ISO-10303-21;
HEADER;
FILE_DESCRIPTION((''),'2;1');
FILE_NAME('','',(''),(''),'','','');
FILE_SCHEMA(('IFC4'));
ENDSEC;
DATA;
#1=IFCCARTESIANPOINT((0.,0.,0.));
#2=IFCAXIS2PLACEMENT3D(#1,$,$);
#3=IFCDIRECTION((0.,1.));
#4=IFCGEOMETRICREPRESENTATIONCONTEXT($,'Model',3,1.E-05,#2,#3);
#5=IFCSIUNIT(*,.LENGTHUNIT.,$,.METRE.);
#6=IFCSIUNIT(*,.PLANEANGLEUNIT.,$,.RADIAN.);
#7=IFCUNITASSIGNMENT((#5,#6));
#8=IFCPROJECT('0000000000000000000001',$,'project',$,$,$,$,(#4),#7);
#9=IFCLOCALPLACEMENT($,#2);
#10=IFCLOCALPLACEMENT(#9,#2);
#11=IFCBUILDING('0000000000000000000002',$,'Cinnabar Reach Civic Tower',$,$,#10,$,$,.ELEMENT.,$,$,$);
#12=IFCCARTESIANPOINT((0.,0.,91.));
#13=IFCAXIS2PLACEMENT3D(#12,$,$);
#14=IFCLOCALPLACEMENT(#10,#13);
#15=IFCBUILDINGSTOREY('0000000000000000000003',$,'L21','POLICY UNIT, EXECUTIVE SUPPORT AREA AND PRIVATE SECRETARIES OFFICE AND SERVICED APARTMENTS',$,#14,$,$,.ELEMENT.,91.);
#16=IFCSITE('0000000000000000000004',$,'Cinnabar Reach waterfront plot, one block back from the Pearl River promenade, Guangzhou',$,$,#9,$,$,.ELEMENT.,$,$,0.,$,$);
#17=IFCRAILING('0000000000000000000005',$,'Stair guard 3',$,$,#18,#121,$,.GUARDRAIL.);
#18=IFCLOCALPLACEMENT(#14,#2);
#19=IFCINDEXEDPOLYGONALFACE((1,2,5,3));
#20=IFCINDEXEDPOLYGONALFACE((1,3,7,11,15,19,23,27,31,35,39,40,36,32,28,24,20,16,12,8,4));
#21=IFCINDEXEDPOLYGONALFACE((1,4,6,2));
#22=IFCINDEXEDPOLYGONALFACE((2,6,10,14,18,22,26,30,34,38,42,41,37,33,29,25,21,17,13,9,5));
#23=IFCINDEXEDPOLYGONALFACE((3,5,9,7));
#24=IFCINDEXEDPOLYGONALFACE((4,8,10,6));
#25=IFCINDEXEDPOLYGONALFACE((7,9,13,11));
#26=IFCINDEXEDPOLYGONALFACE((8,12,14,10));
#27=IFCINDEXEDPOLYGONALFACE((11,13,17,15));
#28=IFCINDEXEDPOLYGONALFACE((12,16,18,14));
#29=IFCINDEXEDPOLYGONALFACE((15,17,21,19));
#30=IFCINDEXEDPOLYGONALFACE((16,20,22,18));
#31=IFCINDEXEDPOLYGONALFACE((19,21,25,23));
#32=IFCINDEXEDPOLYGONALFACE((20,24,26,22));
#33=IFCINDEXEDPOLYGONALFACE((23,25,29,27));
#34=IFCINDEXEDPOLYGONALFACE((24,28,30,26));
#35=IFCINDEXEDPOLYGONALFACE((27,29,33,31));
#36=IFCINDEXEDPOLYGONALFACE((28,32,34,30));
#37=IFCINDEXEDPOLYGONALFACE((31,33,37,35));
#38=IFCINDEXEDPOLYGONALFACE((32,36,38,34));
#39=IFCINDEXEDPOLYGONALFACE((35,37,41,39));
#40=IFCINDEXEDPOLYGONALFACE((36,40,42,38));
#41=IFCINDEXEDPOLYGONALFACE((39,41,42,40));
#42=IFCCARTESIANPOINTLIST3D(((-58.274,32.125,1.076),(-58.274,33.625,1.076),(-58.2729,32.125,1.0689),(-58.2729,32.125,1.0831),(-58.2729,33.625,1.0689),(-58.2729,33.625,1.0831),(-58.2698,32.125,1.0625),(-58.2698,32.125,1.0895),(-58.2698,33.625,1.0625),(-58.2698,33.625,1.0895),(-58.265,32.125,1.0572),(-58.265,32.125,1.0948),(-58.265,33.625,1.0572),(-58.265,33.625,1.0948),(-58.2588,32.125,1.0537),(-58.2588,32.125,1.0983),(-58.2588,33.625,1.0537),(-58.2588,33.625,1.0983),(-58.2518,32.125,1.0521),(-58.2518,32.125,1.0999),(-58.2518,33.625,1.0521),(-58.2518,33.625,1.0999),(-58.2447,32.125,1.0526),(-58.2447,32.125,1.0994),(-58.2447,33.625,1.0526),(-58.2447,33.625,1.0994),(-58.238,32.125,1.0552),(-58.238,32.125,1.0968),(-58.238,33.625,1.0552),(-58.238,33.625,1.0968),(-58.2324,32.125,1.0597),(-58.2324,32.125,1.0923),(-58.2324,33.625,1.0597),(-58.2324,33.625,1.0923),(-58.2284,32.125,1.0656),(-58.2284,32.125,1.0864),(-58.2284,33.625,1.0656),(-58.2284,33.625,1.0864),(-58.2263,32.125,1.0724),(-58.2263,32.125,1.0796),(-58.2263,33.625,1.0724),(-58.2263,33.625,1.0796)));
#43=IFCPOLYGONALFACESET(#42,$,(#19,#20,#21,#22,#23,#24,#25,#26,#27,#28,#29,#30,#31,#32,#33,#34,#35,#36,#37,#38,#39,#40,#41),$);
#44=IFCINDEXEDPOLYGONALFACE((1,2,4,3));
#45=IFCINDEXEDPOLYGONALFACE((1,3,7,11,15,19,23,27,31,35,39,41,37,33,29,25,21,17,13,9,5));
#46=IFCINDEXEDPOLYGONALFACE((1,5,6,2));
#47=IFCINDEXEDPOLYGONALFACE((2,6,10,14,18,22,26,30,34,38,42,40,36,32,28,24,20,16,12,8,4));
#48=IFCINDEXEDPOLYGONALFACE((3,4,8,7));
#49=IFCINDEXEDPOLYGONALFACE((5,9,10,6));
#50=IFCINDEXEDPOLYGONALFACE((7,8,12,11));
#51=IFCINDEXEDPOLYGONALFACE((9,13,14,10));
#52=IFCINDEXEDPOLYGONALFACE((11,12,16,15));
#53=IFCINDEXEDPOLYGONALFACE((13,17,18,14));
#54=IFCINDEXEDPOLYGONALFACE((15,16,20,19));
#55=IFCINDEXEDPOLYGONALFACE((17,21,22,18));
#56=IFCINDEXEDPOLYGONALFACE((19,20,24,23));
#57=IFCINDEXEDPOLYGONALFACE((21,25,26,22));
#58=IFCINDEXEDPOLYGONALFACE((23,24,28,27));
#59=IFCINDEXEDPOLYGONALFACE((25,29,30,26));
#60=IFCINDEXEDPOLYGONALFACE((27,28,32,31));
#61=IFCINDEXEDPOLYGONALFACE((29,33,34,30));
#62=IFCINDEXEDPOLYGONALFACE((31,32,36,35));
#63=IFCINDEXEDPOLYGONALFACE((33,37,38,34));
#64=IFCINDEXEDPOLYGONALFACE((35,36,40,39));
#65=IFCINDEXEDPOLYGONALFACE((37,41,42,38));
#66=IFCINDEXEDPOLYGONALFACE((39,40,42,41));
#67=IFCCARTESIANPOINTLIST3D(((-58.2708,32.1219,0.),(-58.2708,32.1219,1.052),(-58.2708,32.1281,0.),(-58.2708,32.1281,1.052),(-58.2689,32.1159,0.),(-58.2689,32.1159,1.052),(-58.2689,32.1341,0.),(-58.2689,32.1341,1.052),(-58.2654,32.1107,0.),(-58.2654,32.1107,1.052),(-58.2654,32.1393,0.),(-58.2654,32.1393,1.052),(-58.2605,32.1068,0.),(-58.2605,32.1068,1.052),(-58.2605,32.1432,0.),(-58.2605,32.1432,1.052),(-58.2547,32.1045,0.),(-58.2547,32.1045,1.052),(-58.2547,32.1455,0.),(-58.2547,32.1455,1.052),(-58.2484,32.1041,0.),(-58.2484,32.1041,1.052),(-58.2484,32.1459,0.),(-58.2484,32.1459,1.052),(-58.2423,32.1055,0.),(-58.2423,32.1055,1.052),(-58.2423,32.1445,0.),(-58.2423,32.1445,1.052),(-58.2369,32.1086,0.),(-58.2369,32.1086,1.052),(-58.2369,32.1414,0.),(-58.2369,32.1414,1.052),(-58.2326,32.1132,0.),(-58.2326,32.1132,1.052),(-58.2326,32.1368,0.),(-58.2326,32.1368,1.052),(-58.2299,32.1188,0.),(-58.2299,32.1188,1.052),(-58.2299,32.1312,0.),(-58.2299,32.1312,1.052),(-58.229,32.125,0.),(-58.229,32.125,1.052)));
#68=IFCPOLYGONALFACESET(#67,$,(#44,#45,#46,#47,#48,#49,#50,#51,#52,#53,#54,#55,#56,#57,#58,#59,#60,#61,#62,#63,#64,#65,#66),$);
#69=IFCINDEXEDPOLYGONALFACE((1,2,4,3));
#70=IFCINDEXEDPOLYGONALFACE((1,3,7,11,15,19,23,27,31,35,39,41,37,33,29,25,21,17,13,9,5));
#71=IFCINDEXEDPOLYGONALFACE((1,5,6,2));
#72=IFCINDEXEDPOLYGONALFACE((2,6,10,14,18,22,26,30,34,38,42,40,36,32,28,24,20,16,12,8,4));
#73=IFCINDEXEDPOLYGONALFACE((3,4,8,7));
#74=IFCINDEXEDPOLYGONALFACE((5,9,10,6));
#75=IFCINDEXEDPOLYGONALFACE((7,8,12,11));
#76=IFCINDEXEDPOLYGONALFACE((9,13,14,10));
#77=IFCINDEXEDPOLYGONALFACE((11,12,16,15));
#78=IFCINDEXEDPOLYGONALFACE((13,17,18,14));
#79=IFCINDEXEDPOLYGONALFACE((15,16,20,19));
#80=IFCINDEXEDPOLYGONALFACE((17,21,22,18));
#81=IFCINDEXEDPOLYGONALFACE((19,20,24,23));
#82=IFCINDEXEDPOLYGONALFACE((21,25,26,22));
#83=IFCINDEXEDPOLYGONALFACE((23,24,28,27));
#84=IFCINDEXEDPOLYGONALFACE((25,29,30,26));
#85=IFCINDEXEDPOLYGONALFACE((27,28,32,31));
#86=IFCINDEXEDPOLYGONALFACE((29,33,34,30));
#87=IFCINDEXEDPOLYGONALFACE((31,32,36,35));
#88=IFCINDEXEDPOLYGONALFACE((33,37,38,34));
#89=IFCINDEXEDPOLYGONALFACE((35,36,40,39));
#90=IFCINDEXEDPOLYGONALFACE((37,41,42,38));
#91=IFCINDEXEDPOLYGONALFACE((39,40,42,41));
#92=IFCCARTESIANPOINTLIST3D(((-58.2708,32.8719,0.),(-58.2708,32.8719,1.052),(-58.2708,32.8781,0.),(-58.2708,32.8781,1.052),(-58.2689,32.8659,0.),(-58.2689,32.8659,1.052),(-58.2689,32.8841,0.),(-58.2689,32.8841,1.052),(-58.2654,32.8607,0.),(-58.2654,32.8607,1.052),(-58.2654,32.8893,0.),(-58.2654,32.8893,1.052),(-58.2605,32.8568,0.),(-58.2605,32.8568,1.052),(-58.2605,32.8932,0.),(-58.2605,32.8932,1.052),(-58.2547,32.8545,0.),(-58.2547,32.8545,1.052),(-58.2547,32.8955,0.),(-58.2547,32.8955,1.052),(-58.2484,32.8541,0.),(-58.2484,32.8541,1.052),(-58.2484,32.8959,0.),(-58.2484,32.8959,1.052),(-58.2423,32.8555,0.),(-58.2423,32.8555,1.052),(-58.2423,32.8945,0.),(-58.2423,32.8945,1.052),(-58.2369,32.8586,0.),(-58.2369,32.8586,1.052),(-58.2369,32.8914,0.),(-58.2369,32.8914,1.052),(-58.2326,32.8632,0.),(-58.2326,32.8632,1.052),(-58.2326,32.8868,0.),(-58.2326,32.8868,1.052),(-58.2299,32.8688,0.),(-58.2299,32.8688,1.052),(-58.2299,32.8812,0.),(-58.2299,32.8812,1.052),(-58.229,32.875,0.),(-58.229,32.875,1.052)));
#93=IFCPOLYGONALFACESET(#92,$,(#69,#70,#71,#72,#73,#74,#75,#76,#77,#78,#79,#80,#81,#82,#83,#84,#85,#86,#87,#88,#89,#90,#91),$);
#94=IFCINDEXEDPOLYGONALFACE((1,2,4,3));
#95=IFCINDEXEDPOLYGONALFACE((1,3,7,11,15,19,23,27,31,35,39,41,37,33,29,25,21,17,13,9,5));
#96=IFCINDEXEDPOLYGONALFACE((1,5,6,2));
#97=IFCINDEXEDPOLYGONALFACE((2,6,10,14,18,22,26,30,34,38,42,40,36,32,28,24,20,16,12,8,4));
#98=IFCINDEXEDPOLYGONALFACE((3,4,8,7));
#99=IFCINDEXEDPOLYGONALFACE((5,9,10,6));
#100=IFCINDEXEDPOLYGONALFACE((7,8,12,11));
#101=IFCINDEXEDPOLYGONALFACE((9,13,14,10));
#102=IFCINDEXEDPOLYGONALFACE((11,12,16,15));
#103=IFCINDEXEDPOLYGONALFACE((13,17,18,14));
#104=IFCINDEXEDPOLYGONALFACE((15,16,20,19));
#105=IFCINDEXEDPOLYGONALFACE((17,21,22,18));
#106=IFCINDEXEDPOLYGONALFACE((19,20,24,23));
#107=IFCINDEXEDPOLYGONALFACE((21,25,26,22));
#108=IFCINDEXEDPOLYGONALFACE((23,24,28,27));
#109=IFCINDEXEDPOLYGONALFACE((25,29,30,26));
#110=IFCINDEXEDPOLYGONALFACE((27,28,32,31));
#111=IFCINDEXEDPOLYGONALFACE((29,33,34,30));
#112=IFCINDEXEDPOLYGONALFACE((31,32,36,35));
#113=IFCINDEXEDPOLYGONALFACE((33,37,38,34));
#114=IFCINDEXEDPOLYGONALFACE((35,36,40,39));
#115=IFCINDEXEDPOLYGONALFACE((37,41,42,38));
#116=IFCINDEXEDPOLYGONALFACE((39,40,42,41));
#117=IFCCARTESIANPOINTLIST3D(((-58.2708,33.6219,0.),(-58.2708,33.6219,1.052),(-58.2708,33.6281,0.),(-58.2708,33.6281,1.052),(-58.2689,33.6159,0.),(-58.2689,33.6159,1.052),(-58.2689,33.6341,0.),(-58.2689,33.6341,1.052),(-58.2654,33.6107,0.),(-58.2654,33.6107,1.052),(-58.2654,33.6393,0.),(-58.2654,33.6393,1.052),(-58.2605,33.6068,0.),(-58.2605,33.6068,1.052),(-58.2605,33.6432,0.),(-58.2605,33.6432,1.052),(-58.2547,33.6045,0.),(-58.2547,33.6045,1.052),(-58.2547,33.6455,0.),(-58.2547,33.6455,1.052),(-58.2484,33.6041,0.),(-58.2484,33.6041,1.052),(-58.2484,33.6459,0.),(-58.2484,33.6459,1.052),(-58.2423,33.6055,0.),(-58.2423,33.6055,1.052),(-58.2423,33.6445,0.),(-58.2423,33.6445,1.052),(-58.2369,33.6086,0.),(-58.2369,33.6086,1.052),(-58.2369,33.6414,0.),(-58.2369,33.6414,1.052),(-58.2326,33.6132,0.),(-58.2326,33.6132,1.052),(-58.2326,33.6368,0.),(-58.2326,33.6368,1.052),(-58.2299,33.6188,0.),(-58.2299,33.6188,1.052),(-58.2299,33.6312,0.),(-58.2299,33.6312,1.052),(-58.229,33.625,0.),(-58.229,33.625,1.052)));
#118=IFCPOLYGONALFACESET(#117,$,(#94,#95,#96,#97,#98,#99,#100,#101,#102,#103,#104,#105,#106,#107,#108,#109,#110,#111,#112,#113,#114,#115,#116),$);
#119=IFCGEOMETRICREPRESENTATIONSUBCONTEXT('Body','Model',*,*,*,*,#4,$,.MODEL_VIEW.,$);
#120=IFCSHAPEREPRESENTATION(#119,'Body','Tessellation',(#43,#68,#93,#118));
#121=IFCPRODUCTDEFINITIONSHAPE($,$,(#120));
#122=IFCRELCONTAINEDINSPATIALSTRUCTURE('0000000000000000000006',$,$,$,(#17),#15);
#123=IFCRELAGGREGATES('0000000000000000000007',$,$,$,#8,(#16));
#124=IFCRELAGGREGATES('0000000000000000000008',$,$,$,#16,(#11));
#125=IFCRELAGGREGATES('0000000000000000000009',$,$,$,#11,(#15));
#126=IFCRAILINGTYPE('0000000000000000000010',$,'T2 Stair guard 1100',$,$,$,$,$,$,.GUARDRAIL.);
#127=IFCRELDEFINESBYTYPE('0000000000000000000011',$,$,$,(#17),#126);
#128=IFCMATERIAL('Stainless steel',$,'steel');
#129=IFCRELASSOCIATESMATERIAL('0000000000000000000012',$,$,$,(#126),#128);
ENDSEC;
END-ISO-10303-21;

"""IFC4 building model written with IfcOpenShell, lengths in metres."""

from ifc_helpers import new_model, si_unit, direction, frame, origin, origin_2d, place, context, subcontext, project, spatial, circle, extrude, material, type_object, element, save


model = new_model("IFC4")

# Units and contexts
model_context = context("Model", 3, precision=1e-05, world=origin(), true_north=direction((0.0, 1.0)))
body_context = subcontext(model_context, "Body", "Model", "MODEL_VIEW")
ifc_project = project(units=[si_unit("LENGTHUNIT", "METRE"), si_unit("PLANEANGLEUNIT", "RADIAN")], contexts=[model_context])

# Site, building, storey
site_placement = place(None, origin())
site = spatial("IfcSite", under=ifc_project, at=site_placement, Name="Cinnabar Reach waterfront plot, one block back from the Pearl River promenade, Guangzhou", CompositionType="ELEMENT", RefElevation=0.0)
building_placement = place(site_placement, origin())
building = spatial("IfcBuilding", under=site, at=building_placement, Name="Cinnabar Reach Civic Tower", CompositionType="ELEMENT")
storey_placement = place(building_placement, frame((0.0, 0.0, 91.0)))
storey = spatial("IfcBuildingStorey", under=building, at=storey_placement, Name="L21", Description="POLICY UNIT, EXECUTIVE SUPPORT AREA AND PRIVATE SECRETARIES OFFICE AND SERVICED APARTMENTS", CompositionType="ELEMENT", Elevation=91.0)

# Railing
ifc_material_1 = material(Name="Stainless steel", Category="steel")
railing_type = type_object("IfcRailingType", Name="T2 Stair guard 1100", PredefinedType="GUARDRAIL", material=ifc_material_1)
railing_1_placement = place(storey_placement, frame((-58.25, 32.125, 0.0)))
element("IfcRailing", 1, at=railing_1_placement, inside=storey, type_object=railing_type, Name="Stair guard 3", PredefinedType="GUARDRAIL", context=body_context, shape_type="SweptSolid", body=[
    extrude(circle(Radius=0.024, at=origin_2d()), frame((0.0, 0.0, 1.076), z_axis=(0.0, 1.0, 0.0), x_axis=(-1.0, 0.0, 0.0)), (0.0, 0.0, 1.0), 1.5),
    extrude(circle(Radius=0.021, at=origin_2d()), origin(), (0.0, 0.0, 1.0), 1.052),
    extrude(circle(Radius=0.021, at=origin_2d()), frame((0.0, 0.75, 0.0)), (0.0, 0.0, 1.0), 1.052),
    extrude(circle(Radius=0.021, at=origin_2d()), frame((0.0, 1.5, 0.0)), (0.0, 0.0, 1.0), 1.052),
])

save(model, "model.ifc")
